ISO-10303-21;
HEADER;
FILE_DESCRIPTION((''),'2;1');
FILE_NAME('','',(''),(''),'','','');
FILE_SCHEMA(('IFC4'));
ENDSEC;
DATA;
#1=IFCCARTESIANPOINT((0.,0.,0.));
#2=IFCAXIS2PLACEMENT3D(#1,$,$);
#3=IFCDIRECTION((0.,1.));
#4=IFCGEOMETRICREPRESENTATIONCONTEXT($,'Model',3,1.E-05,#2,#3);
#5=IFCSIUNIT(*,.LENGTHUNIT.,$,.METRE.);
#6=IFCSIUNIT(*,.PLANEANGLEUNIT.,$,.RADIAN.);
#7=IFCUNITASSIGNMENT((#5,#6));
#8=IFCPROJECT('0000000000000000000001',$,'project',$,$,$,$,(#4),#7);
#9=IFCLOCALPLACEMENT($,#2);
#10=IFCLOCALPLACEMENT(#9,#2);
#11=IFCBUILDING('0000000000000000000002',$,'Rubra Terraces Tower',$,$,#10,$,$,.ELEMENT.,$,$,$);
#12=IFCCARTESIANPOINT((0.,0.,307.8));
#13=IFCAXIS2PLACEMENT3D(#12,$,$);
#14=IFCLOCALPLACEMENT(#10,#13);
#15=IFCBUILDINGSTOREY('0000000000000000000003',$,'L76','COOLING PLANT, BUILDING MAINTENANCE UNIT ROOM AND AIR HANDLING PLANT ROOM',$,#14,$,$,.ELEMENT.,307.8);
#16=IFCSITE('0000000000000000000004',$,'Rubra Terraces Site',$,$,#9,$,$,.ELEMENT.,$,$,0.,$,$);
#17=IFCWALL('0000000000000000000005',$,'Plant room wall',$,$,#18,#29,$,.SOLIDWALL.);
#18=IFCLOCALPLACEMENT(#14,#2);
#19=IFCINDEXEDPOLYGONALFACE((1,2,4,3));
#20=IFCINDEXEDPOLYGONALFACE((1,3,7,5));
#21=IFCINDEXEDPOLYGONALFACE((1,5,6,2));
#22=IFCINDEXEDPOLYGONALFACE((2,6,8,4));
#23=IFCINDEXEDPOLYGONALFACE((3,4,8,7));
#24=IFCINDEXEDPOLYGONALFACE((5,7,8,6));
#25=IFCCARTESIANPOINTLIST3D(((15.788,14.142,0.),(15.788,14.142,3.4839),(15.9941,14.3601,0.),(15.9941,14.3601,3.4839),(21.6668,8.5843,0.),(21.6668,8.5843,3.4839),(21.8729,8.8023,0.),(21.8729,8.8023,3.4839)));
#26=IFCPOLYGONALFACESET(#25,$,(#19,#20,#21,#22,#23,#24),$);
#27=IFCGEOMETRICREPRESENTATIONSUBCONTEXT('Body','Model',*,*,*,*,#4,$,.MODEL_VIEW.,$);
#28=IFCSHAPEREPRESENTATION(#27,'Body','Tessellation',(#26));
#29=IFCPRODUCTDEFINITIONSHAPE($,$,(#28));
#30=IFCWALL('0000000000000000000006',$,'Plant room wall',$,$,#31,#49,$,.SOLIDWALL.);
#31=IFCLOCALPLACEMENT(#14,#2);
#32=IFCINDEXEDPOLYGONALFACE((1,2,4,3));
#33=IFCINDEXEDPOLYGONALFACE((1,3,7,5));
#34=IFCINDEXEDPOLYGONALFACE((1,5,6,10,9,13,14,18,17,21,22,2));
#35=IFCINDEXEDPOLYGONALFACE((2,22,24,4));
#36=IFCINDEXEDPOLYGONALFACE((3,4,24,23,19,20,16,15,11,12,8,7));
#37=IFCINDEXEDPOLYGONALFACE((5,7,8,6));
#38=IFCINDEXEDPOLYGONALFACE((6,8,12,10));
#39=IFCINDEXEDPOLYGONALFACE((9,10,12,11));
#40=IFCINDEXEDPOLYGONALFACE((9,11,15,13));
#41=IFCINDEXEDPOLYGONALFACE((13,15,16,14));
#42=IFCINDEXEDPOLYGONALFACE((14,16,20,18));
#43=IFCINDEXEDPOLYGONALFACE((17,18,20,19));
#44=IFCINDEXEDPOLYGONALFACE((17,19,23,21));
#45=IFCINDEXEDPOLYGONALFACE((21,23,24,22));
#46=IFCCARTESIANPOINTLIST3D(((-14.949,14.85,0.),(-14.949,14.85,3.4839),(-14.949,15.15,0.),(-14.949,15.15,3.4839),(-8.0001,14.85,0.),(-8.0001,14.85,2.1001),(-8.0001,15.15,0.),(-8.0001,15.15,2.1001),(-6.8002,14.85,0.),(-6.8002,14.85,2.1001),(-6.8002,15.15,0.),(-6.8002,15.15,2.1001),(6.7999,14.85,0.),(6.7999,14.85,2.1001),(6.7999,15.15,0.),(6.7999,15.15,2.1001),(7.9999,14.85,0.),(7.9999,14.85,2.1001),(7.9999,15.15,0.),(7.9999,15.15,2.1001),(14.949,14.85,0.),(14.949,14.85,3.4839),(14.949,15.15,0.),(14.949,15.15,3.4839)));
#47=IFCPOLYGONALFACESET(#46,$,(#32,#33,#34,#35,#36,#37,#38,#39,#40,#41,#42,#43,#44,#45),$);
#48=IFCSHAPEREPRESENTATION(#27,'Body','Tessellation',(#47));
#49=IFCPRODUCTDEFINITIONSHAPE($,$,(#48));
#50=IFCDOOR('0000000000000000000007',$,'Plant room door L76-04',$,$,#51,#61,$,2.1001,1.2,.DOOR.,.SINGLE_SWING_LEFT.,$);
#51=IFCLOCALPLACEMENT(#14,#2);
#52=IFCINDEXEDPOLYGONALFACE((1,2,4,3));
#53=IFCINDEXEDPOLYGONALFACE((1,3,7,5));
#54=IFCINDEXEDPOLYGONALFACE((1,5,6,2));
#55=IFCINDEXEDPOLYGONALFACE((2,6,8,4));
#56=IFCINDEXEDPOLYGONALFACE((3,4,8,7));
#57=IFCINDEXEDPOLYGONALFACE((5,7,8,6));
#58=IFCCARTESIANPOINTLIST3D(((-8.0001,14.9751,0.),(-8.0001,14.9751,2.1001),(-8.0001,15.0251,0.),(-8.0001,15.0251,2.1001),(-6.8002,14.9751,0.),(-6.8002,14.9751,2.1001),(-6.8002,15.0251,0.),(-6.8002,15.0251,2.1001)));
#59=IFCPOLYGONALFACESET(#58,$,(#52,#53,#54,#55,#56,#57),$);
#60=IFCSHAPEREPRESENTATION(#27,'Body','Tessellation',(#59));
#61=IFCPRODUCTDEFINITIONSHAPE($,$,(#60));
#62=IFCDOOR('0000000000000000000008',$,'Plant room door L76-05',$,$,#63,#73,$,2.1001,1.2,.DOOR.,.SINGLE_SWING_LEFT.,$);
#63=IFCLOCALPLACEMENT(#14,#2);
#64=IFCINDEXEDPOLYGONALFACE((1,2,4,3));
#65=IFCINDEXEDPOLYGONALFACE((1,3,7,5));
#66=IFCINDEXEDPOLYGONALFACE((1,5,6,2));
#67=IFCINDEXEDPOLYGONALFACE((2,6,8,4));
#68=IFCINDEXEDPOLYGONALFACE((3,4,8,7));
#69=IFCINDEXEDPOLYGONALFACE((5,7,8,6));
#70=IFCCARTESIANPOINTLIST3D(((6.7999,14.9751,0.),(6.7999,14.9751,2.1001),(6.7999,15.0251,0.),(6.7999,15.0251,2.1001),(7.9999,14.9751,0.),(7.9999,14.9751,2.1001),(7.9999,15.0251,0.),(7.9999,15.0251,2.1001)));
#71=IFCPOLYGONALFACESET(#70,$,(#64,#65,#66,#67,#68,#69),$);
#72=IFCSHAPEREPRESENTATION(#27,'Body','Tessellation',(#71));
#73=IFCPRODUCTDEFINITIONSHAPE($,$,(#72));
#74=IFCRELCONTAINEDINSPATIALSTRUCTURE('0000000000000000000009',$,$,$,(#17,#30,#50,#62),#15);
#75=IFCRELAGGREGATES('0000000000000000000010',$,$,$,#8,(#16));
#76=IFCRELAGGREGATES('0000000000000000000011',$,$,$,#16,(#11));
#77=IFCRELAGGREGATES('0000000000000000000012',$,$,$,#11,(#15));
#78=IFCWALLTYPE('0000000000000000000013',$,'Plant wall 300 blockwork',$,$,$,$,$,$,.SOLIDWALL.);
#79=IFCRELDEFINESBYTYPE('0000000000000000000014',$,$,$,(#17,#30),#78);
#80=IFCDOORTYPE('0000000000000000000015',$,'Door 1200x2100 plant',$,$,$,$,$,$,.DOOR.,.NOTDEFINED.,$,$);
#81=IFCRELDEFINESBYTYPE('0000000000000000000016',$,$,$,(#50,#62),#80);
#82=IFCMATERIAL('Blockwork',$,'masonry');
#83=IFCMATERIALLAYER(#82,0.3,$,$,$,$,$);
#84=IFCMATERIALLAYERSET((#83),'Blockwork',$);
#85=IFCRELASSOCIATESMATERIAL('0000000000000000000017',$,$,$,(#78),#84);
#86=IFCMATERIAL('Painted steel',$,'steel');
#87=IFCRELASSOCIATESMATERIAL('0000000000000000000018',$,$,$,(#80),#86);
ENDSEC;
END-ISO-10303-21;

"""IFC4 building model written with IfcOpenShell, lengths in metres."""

from ifc_helpers import new_model, si_unit, direction, frame, frame_2d, origin, place, context, subcontext, project, spatial, rectangle, extrude, material, layer, layer_set, type_object, element, fill, save


model = new_model("IFC4")

# Units and contexts
model_context = context("Model", 3, precision=1e-05, world=origin(), true_north=direction((0.0, 1.0)))
body_context = subcontext(model_context, "Body", "Model", "MODEL_VIEW")
ifc_project = project(units=[si_unit("LENGTHUNIT", "METRE"), si_unit("PLANEANGLEUNIT", "RADIAN")], contexts=[model_context])

# Site, building, storey
site_placement = place(None, origin())
site = spatial("IfcSite", under=ifc_project, at=site_placement, Name="Rubra Terraces Site", CompositionType="ELEMENT", RefElevation=0.0)
building_placement = place(site_placement, origin())
building = spatial("IfcBuilding", under=site, at=building_placement, Name="Rubra Terraces Tower", CompositionType="ELEMENT")
storey_placement = place(building_placement, frame((0.0, 0.0, 307.8)))
storey = spatial("IfcBuildingStorey", under=building, at=storey_placement, Name="L76", Description="COOLING PLANT, BUILDING MAINTENANCE UNIT ROOM AND AIR HANDLING PLANT ROOM", CompositionType="ELEMENT", Elevation=307.8)

# Wall
ifc_material_1 = material(Name="Blockwork", Category="masonry")
ifc_layer_1 = layer(ifc_material_1, 0.3)
ifc_layer_set_1 = layer_set([ifc_layer_1], Name="Blockwork")
wall_type = type_object("IfcWallType", Name="Plant wall 300 blockwork", PredefinedType="SOLIDWALL", material=ifc_layer_set_1)
wall_1_placement = place(storey_placement, frame((15.8911, 14.251, 0.0), z_axis=(0.0, 0.0, 1.0), x_axis=(0.72667, -0.686987, 0.0)))
element("IfcWall", 1, at=wall_1_placement, inside=storey, type_object=wall_type, Name="Plant room wall", PredefinedType="SOLIDWALL", context=body_context, shape_type="SweptSolid", body=[
    extrude(rectangle(XDim=8.0901, YDim=0.3, at=frame_2d((4.0449, 0.0))), origin(), (0.0, 0.0, 1.0), 3.4839),
])

# Wall, openings, doors
wall_2_placement = place(storey_placement, frame((14.949, 15.0, 0.0), z_axis=(0.0, 0.0, 1.0), x_axis=(-1.0, 0.0, 0.0)))
wall_2 = element("IfcWall", 2, at=wall_2_placement, inside=storey, type_object=wall_type, Name="Plant room wall", PredefinedType="SOLIDWALL", context=body_context, shape_type="SweptSolid", body=[
    extrude(rectangle(XDim=29.8979, YDim=0.3, at=frame_2d((14.949, 0.0))), origin(), (0.0, 0.0, 1.0), 3.4839),
])
opening_1_placement = place(wall_2_placement, frame((21.749, 0.0, 0.0)))
opening_1 = element("IfcOpeningElement", 3, at=opening_1_placement, cuts=wall_2, PredefinedType="OPENING", context=body_context, shape_type="SweptSolid", body=[
    extrude(rectangle(XDim=1.2, YDim=2.1001, at=frame_2d((0.6001, 1.05))), frame((0.0, 0.1599, 0.0), z_axis=(0.0, -1.0, 0.0), x_axis=(1.0, 0.0, 0.0)), (0.0, 0.0, 1.0), 0.3201),
])
opening_2_placement = place(wall_2_placement, frame((6.949, 0.0, 0.0)))
opening_2 = element("IfcOpeningElement", 4, at=opening_2_placement, cuts=wall_2, PredefinedType="OPENING", context=body_context, shape_type="SweptSolid", body=[
    extrude(rectangle(XDim=1.2, YDim=2.1001, at=frame_2d((0.6001, 1.05))), frame((0.0, 0.1599, 0.0), z_axis=(0.0, -1.0, 0.0), x_axis=(1.0, 0.0, 0.0)), (0.0, 0.0, 1.0), 0.3201),
])
ifc_material_2 = material(Name="Painted steel", Category="steel")
door_type = type_object("IfcDoorType", Name="Door 1200x2100 plant", OperationType="NOTDEFINED", PredefinedType="DOOR", material=ifc_material_2)
door_1_placement = place(opening_1_placement, origin())
door_1 = element("IfcDoor", 5, at=door_1_placement, inside=storey, type_object=door_type, Name="Plant room door L76-04", OperationType="SINGLE_SWING_LEFT", OverallHeight=2.1001, OverallWidth=1.2, PredefinedType="DOOR", context=body_context, shape_type="SweptSolid", body=[
    extrude(rectangle(XDim=1.2, YDim=2.1001, at=frame_2d((0.6001, 1.05))), frame((0.0, 0.0249, 0.0), z_axis=(0.0, -1.0, 0.0), x_axis=(1.0, 0.0, 0.0)), (0.0, 0.0, 1.0), 0.05),
])
fill(opening_1, door_1)
door_2_placement = place(opening_2_placement, origin())
door_2 = element("IfcDoor", 6, at=door_2_placement, inside=storey, type_object=door_type, Name="Plant room door L76-05", OperationType="SINGLE_SWING_LEFT", OverallHeight=2.1001, OverallWidth=1.2, PredefinedType="DOOR", context=body_context, shape_type="SweptSolid", body=[
    extrude(rectangle(XDim=1.2, YDim=2.1001, at=frame_2d((0.6001, 1.05))), frame((0.0, 0.0249, 0.0), z_axis=(0.0, -1.0, 0.0), x_axis=(1.0, 0.0, 0.0)), (0.0, 0.0, 1.0), 0.05),
])
fill(opening_2, door_2)

save(model, "model.ifc")
